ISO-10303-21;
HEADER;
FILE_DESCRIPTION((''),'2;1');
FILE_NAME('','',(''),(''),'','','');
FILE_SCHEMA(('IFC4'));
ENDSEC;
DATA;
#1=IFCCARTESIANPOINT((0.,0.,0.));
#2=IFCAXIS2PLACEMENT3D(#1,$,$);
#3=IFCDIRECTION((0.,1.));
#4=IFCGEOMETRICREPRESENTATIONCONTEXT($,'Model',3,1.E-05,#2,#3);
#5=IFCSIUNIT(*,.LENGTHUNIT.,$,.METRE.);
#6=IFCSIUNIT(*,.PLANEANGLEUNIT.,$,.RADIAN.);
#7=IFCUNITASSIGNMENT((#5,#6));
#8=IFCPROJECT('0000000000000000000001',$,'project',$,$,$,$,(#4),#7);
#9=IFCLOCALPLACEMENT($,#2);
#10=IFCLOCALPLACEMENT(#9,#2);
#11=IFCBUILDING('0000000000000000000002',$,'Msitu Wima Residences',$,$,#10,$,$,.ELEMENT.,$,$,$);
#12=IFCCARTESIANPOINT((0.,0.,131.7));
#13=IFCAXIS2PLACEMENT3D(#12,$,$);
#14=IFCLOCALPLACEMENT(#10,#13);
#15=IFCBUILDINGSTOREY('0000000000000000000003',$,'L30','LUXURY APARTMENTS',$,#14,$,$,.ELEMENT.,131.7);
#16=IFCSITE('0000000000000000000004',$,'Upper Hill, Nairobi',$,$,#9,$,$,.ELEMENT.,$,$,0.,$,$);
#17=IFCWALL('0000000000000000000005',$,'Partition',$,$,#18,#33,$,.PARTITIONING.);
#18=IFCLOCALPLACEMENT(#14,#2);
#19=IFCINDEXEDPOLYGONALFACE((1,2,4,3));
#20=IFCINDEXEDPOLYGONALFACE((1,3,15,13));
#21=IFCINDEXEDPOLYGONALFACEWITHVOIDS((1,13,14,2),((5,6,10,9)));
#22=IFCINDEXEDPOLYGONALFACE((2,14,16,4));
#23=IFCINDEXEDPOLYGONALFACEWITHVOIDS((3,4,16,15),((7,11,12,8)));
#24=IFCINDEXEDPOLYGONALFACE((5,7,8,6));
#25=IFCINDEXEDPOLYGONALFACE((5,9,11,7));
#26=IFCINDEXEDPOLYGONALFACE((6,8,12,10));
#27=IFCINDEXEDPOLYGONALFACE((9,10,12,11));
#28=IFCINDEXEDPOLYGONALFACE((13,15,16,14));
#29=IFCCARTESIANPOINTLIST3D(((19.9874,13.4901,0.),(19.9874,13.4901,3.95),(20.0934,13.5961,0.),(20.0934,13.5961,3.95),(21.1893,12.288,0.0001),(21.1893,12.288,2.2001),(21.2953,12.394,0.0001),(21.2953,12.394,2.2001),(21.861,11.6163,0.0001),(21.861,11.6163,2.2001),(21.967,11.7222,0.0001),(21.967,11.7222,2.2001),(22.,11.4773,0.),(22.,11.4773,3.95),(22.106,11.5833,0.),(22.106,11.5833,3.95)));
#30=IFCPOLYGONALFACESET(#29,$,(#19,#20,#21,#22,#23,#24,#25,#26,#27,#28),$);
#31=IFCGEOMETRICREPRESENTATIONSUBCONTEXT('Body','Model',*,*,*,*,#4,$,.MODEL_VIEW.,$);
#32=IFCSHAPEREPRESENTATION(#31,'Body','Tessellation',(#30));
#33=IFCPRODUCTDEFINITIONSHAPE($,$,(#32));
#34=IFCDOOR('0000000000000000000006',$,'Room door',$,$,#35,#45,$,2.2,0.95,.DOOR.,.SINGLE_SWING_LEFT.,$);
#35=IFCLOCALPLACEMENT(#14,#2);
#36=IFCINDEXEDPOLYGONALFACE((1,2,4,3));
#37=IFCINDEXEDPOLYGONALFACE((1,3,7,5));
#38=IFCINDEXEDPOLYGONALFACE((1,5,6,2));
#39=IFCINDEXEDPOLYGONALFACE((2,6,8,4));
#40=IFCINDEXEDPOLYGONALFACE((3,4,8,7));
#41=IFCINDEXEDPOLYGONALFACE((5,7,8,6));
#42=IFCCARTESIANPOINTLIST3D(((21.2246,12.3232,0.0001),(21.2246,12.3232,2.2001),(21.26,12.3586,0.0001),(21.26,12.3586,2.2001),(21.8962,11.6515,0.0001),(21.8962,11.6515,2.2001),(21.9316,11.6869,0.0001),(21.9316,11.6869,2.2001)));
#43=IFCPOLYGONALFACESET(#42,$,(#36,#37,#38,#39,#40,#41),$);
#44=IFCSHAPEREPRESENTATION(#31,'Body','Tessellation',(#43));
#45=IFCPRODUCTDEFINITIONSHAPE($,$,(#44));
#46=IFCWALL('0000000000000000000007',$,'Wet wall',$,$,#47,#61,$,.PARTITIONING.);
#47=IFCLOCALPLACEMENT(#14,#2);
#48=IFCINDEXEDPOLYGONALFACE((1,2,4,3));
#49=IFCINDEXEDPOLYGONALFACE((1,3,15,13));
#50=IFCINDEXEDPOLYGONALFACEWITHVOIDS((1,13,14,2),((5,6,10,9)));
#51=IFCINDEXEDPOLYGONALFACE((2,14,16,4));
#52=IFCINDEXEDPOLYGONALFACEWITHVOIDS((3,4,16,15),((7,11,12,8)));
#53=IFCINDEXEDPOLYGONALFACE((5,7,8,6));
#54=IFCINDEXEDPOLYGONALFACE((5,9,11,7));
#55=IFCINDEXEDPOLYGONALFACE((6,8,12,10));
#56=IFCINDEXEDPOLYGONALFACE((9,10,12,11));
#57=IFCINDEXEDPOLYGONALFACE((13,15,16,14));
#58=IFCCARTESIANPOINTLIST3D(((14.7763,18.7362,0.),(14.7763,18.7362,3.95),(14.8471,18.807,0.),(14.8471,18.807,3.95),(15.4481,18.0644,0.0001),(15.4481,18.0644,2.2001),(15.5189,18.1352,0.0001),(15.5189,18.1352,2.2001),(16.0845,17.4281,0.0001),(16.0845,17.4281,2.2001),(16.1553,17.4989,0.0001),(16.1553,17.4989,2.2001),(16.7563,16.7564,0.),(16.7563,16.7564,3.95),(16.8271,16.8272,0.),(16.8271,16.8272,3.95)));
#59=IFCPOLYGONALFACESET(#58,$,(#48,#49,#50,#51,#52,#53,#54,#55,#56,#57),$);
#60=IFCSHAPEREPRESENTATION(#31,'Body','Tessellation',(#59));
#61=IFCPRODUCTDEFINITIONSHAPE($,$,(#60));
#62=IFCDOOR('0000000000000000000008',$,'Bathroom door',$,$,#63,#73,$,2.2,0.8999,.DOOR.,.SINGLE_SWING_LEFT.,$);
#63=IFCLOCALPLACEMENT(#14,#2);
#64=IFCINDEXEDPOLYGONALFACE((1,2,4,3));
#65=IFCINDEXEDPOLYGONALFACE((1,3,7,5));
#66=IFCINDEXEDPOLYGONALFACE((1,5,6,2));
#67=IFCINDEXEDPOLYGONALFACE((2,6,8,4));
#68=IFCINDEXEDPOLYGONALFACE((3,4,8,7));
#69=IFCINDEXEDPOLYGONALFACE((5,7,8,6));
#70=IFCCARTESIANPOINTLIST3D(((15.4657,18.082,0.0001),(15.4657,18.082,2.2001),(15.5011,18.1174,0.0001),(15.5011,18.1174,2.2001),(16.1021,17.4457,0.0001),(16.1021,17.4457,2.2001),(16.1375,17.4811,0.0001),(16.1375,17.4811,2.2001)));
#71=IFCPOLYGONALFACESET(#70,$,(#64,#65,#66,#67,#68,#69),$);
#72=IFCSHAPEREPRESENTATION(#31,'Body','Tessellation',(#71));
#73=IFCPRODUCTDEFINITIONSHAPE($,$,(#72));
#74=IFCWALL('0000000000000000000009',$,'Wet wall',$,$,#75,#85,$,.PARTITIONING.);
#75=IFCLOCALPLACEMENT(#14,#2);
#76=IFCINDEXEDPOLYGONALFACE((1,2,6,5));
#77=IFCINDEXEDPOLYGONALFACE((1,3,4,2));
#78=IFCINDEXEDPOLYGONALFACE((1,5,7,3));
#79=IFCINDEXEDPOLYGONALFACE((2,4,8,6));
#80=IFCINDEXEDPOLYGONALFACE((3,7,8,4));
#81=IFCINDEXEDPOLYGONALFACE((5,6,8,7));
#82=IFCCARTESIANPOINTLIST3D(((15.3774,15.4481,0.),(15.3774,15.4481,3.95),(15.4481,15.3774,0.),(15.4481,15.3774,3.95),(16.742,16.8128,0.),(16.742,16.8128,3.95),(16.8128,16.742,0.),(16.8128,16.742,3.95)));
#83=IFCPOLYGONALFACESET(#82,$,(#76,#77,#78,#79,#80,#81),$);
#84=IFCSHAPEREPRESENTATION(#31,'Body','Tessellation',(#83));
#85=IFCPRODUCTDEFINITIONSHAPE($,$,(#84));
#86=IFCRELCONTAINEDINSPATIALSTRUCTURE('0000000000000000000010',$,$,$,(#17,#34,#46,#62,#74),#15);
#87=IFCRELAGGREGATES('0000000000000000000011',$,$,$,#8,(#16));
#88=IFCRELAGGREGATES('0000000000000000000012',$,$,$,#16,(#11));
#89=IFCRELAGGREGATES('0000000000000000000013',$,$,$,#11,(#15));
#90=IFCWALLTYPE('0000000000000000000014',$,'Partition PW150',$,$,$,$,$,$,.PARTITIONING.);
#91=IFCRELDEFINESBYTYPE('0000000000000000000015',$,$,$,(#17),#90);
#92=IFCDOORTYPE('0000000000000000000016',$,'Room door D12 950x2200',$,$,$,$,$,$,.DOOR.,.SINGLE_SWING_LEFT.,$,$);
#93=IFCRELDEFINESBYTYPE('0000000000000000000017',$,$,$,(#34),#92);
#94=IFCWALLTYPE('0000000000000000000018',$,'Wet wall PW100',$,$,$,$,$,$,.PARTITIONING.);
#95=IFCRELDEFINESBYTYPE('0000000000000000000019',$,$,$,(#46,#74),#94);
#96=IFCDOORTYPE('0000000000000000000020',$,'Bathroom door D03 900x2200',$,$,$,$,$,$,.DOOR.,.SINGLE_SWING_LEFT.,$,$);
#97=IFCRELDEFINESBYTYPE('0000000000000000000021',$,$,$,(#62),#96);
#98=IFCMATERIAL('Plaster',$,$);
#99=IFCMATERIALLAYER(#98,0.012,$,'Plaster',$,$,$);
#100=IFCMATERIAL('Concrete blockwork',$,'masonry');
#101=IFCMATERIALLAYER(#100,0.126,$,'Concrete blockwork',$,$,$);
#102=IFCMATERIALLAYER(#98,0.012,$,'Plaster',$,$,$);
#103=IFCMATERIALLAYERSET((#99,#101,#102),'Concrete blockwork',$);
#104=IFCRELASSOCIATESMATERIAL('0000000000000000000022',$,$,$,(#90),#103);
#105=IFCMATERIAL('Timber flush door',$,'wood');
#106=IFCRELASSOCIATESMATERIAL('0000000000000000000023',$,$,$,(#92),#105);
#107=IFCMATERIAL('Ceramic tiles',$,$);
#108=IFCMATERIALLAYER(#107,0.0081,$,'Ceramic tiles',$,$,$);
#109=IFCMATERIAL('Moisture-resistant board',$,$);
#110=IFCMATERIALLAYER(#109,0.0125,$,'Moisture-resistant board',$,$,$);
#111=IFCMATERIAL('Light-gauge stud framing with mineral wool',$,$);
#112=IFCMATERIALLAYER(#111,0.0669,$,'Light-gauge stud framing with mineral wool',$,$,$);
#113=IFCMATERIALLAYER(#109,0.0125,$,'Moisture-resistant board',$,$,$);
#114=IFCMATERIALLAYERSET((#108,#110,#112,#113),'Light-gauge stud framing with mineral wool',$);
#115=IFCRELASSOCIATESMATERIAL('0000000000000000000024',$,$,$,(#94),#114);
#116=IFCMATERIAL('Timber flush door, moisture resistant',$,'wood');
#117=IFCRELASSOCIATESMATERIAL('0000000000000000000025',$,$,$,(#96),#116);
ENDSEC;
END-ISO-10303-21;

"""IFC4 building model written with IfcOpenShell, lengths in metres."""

from ifc_helpers import new_model, si_unit, direction, frame, frame_2d, origin, place, context, subcontext, project, spatial, rectangle, extrude, material, layer, layer_set, type_object, element, fill, save


model = new_model("IFC4")

# Units and contexts
model_context = context("Model", 3, precision=1e-05, world=origin(), true_north=direction((0.0, 1.0)))
body_context = subcontext(model_context, "Body", "Model", "MODEL_VIEW")
ifc_project = project(units=[si_unit("LENGTHUNIT", "METRE"), si_unit("PLANEANGLEUNIT", "RADIAN")], contexts=[model_context])

# Site, building, storey
site_placement = place(None, origin())
site = spatial("IfcSite", under=ifc_project, at=site_placement, Name="Upper Hill, Nairobi", CompositionType="ELEMENT", RefElevation=0.0)
building_placement = place(site_placement, origin())
building = spatial("IfcBuilding", under=site, at=building_placement, Name="Msitu Wima Residences", CompositionType="ELEMENT")
storey_placement = place(building_placement, frame((0.0, 0.0, 131.7)))
storey = spatial("IfcBuildingStorey", under=building, at=storey_placement, Name="L30", Description="LUXURY APARTMENTS", CompositionType="ELEMENT", Elevation=131.7)

# Shared definitions
ifc_material_1 = material(Name="Plaster")
ifc_layer_1 = layer(ifc_material_1, 0.012, Name="Plaster")
ifc_material_2 = material(Name="Concrete blockwork", Category="masonry")
ifc_layer_2 = layer(ifc_material_2, 0.126, Name="Concrete blockwork")
ifc_layer_3 = layer(ifc_material_1, 0.012, Name="Plaster")
ifc_layer_set_1 = layer_set([ifc_layer_1, ifc_layer_2, ifc_layer_3], Name="Concrete blockwork")
wall_type_1 = type_object("IfcWallType", Name="Partition PW150", PredefinedType="PARTITIONING", material=ifc_layer_set_1)

# Walls, openings, doors
ifc_material_3 = material(Name="Timber flush door", Category="wood")
door_type_1 = type_object("IfcDoorType", Name="Room door D12 950x2200", OperationType="SINGLE_SWING_LEFT", PredefinedType="DOOR", material=ifc_material_3)
wall_1_placement = place(storey_placement, frame((20.0403, 13.5432, 0.0), z_axis=(0.0, 0.0, 1.0), x_axis=(0.707064, -0.70715, 0.0)))
wall_1 = element("IfcWall", 1, at=wall_1_placement, inside=storey, type_object=wall_type_1, Name="Partition", PredefinedType="PARTITIONING", context=body_context, shape_type="SweptSolid", body=[
    extrude(rectangle(XDim=2.8464, YDim=0.1499, at=frame_2d((1.4233, 0.0))), origin(), (0.0, 0.0, 1.0), 3.95),
])
opening_1_placement = place(wall_1_placement, frame((1.7, 0.0, 0.0)))
opening_1 = element("IfcOpeningElement", 2, at=opening_1_placement, cuts=wall_1, PredefinedType="OPENING", context=body_context, shape_type="SweptSolid", body=[
    extrude(rectangle(XDim=0.95, YDim=2.2, at=frame_2d((0.4751, 1.1001))), frame((0.0, 0.085, 0.0), z_axis=(0.0, -1.0, 0.0), x_axis=(1.0, 0.0, 0.0)), (0.0, 0.0, 1.0), 0.1699),
])
door_1_placement = place(opening_1_placement, origin())
door_1 = element("IfcDoor", 3, at=door_1_placement, inside=storey, type_object=door_type_1, Name="Room door", OperationType="SINGLE_SWING_LEFT", OverallHeight=2.2, OverallWidth=0.95, PredefinedType="DOOR", context=body_context, shape_type="SweptSolid", body=[
    extrude(rectangle(XDim=0.95, YDim=2.2, at=frame_2d((0.4751, 1.1001))), frame((0.0, 0.0249, 0.0), z_axis=(0.0, -1.0, 0.0), x_axis=(1.0, 0.0, 0.0)), (0.0, 0.0, 1.0), 0.05),
])
fill(opening_1, door_1)
ifc_material_4 = material(Name="Ceramic tiles")
ifc_layer_4 = layer(ifc_material_4, 0.0081, Name="Ceramic tiles")
ifc_material_5 = material(Name="Moisture-resistant board")
ifc_layer_5 = layer(ifc_material_5, 0.0125, Name="Moisture-resistant board")
ifc_material_6 = material(Name="Light-gauge stud framing with mineral wool")
ifc_layer_6 = layer(ifc_material_6, 0.0669, Name="Light-gauge stud framing with mineral wool")
ifc_layer_7 = layer(ifc_material_5, 0.0125, Name="Moisture-resistant board")
ifc_layer_set_2 = layer_set([ifc_layer_4, ifc_layer_5, ifc_layer_6, ifc_layer_7], Name="Light-gauge stud framing with mineral wool")
wall_type_2 = type_object("IfcWallType", Name="Wet wall PW100", PredefinedType="PARTITIONING", material=ifc_layer_set_2)
wall_2_placement = place(storey_placement, frame((14.8118, 18.7715, 0.0), z_axis=(0.0, 0.0, 1.0), x_axis=(0.70715, -0.707063, 0.0)))
wall_2 = element("IfcWall", 4, at=wall_2_placement, inside=storey, type_object=wall_type_2, Name="Wet wall", PredefinedType="PARTITIONING", context=body_context, shape_type="SweptSolid", body=[
    extrude(rectangle(XDim=2.8, YDim=0.1001, at=frame_2d((1.3999, 0.0))), origin(), (0.0, 0.0, 1.0), 3.95),
])
opening_2_placement = place(wall_2_placement, frame((0.95, 0.0, 0.0)))
opening_2 = element("IfcOpeningElement", 5, at=opening_2_placement, cuts=wall_2, PredefinedType="OPENING", context=body_context, shape_type="SweptSolid", body=[
    extrude(rectangle(XDim=0.8999, YDim=2.2, at=frame_2d((0.45, 1.1001))), frame((0.0, 0.0601, 0.0), z_axis=(0.0, -1.0, 0.0), x_axis=(1.0, 0.0, 0.0)), (0.0, 0.0, 1.0), 0.1201),
])
ifc_material_7 = material(Name="Timber flush door, moisture resistant", Category="wood")
door_type_2 = type_object("IfcDoorType", Name="Bathroom door D03 900x2200", OperationType="SINGLE_SWING_LEFT", PredefinedType="DOOR", material=ifc_material_7)
door_2_placement = place(opening_2_placement, origin())
door_2 = element("IfcDoor", 6, at=door_2_placement, inside=storey, type_object=door_type_2, Name="Bathroom door", OperationType="SINGLE_SWING_LEFT", OverallHeight=2.2, OverallWidth=0.8999, PredefinedType="DOOR", context=body_context, shape_type="SweptSolid", body=[
    extrude(rectangle(XDim=0.8999, YDim=2.2, at=frame_2d((0.45, 1.1001))), frame((0.0, 0.0249, 0.0), z_axis=(0.0, -1.0, 0.0), x_axis=(1.0, 0.0, 0.0)), (0.0, 0.0, 1.0), 0.05),
])
fill(opening_2, door_2)

# Wall
wall_3_placement = place(storey_placement, frame((15.4128, 15.4128, 0.0), z_axis=(0.0, 0.0, 1.0), x_axis=(0.707107, 0.707107, 0.0)))
element("IfcWall", 7, at=wall_3_placement, inside=storey, type_object=wall_type_2, Name="Wet wall", PredefinedType="PARTITIONING", context=body_context, shape_type="SweptSolid", body=[
    extrude(rectangle(XDim=1.9299, YDim=0.1001, at=frame_2d((0.9648, 0.0))), origin(), (0.0, 0.0, 1.0), 3.95),
])

save(model, "model.ifc")
